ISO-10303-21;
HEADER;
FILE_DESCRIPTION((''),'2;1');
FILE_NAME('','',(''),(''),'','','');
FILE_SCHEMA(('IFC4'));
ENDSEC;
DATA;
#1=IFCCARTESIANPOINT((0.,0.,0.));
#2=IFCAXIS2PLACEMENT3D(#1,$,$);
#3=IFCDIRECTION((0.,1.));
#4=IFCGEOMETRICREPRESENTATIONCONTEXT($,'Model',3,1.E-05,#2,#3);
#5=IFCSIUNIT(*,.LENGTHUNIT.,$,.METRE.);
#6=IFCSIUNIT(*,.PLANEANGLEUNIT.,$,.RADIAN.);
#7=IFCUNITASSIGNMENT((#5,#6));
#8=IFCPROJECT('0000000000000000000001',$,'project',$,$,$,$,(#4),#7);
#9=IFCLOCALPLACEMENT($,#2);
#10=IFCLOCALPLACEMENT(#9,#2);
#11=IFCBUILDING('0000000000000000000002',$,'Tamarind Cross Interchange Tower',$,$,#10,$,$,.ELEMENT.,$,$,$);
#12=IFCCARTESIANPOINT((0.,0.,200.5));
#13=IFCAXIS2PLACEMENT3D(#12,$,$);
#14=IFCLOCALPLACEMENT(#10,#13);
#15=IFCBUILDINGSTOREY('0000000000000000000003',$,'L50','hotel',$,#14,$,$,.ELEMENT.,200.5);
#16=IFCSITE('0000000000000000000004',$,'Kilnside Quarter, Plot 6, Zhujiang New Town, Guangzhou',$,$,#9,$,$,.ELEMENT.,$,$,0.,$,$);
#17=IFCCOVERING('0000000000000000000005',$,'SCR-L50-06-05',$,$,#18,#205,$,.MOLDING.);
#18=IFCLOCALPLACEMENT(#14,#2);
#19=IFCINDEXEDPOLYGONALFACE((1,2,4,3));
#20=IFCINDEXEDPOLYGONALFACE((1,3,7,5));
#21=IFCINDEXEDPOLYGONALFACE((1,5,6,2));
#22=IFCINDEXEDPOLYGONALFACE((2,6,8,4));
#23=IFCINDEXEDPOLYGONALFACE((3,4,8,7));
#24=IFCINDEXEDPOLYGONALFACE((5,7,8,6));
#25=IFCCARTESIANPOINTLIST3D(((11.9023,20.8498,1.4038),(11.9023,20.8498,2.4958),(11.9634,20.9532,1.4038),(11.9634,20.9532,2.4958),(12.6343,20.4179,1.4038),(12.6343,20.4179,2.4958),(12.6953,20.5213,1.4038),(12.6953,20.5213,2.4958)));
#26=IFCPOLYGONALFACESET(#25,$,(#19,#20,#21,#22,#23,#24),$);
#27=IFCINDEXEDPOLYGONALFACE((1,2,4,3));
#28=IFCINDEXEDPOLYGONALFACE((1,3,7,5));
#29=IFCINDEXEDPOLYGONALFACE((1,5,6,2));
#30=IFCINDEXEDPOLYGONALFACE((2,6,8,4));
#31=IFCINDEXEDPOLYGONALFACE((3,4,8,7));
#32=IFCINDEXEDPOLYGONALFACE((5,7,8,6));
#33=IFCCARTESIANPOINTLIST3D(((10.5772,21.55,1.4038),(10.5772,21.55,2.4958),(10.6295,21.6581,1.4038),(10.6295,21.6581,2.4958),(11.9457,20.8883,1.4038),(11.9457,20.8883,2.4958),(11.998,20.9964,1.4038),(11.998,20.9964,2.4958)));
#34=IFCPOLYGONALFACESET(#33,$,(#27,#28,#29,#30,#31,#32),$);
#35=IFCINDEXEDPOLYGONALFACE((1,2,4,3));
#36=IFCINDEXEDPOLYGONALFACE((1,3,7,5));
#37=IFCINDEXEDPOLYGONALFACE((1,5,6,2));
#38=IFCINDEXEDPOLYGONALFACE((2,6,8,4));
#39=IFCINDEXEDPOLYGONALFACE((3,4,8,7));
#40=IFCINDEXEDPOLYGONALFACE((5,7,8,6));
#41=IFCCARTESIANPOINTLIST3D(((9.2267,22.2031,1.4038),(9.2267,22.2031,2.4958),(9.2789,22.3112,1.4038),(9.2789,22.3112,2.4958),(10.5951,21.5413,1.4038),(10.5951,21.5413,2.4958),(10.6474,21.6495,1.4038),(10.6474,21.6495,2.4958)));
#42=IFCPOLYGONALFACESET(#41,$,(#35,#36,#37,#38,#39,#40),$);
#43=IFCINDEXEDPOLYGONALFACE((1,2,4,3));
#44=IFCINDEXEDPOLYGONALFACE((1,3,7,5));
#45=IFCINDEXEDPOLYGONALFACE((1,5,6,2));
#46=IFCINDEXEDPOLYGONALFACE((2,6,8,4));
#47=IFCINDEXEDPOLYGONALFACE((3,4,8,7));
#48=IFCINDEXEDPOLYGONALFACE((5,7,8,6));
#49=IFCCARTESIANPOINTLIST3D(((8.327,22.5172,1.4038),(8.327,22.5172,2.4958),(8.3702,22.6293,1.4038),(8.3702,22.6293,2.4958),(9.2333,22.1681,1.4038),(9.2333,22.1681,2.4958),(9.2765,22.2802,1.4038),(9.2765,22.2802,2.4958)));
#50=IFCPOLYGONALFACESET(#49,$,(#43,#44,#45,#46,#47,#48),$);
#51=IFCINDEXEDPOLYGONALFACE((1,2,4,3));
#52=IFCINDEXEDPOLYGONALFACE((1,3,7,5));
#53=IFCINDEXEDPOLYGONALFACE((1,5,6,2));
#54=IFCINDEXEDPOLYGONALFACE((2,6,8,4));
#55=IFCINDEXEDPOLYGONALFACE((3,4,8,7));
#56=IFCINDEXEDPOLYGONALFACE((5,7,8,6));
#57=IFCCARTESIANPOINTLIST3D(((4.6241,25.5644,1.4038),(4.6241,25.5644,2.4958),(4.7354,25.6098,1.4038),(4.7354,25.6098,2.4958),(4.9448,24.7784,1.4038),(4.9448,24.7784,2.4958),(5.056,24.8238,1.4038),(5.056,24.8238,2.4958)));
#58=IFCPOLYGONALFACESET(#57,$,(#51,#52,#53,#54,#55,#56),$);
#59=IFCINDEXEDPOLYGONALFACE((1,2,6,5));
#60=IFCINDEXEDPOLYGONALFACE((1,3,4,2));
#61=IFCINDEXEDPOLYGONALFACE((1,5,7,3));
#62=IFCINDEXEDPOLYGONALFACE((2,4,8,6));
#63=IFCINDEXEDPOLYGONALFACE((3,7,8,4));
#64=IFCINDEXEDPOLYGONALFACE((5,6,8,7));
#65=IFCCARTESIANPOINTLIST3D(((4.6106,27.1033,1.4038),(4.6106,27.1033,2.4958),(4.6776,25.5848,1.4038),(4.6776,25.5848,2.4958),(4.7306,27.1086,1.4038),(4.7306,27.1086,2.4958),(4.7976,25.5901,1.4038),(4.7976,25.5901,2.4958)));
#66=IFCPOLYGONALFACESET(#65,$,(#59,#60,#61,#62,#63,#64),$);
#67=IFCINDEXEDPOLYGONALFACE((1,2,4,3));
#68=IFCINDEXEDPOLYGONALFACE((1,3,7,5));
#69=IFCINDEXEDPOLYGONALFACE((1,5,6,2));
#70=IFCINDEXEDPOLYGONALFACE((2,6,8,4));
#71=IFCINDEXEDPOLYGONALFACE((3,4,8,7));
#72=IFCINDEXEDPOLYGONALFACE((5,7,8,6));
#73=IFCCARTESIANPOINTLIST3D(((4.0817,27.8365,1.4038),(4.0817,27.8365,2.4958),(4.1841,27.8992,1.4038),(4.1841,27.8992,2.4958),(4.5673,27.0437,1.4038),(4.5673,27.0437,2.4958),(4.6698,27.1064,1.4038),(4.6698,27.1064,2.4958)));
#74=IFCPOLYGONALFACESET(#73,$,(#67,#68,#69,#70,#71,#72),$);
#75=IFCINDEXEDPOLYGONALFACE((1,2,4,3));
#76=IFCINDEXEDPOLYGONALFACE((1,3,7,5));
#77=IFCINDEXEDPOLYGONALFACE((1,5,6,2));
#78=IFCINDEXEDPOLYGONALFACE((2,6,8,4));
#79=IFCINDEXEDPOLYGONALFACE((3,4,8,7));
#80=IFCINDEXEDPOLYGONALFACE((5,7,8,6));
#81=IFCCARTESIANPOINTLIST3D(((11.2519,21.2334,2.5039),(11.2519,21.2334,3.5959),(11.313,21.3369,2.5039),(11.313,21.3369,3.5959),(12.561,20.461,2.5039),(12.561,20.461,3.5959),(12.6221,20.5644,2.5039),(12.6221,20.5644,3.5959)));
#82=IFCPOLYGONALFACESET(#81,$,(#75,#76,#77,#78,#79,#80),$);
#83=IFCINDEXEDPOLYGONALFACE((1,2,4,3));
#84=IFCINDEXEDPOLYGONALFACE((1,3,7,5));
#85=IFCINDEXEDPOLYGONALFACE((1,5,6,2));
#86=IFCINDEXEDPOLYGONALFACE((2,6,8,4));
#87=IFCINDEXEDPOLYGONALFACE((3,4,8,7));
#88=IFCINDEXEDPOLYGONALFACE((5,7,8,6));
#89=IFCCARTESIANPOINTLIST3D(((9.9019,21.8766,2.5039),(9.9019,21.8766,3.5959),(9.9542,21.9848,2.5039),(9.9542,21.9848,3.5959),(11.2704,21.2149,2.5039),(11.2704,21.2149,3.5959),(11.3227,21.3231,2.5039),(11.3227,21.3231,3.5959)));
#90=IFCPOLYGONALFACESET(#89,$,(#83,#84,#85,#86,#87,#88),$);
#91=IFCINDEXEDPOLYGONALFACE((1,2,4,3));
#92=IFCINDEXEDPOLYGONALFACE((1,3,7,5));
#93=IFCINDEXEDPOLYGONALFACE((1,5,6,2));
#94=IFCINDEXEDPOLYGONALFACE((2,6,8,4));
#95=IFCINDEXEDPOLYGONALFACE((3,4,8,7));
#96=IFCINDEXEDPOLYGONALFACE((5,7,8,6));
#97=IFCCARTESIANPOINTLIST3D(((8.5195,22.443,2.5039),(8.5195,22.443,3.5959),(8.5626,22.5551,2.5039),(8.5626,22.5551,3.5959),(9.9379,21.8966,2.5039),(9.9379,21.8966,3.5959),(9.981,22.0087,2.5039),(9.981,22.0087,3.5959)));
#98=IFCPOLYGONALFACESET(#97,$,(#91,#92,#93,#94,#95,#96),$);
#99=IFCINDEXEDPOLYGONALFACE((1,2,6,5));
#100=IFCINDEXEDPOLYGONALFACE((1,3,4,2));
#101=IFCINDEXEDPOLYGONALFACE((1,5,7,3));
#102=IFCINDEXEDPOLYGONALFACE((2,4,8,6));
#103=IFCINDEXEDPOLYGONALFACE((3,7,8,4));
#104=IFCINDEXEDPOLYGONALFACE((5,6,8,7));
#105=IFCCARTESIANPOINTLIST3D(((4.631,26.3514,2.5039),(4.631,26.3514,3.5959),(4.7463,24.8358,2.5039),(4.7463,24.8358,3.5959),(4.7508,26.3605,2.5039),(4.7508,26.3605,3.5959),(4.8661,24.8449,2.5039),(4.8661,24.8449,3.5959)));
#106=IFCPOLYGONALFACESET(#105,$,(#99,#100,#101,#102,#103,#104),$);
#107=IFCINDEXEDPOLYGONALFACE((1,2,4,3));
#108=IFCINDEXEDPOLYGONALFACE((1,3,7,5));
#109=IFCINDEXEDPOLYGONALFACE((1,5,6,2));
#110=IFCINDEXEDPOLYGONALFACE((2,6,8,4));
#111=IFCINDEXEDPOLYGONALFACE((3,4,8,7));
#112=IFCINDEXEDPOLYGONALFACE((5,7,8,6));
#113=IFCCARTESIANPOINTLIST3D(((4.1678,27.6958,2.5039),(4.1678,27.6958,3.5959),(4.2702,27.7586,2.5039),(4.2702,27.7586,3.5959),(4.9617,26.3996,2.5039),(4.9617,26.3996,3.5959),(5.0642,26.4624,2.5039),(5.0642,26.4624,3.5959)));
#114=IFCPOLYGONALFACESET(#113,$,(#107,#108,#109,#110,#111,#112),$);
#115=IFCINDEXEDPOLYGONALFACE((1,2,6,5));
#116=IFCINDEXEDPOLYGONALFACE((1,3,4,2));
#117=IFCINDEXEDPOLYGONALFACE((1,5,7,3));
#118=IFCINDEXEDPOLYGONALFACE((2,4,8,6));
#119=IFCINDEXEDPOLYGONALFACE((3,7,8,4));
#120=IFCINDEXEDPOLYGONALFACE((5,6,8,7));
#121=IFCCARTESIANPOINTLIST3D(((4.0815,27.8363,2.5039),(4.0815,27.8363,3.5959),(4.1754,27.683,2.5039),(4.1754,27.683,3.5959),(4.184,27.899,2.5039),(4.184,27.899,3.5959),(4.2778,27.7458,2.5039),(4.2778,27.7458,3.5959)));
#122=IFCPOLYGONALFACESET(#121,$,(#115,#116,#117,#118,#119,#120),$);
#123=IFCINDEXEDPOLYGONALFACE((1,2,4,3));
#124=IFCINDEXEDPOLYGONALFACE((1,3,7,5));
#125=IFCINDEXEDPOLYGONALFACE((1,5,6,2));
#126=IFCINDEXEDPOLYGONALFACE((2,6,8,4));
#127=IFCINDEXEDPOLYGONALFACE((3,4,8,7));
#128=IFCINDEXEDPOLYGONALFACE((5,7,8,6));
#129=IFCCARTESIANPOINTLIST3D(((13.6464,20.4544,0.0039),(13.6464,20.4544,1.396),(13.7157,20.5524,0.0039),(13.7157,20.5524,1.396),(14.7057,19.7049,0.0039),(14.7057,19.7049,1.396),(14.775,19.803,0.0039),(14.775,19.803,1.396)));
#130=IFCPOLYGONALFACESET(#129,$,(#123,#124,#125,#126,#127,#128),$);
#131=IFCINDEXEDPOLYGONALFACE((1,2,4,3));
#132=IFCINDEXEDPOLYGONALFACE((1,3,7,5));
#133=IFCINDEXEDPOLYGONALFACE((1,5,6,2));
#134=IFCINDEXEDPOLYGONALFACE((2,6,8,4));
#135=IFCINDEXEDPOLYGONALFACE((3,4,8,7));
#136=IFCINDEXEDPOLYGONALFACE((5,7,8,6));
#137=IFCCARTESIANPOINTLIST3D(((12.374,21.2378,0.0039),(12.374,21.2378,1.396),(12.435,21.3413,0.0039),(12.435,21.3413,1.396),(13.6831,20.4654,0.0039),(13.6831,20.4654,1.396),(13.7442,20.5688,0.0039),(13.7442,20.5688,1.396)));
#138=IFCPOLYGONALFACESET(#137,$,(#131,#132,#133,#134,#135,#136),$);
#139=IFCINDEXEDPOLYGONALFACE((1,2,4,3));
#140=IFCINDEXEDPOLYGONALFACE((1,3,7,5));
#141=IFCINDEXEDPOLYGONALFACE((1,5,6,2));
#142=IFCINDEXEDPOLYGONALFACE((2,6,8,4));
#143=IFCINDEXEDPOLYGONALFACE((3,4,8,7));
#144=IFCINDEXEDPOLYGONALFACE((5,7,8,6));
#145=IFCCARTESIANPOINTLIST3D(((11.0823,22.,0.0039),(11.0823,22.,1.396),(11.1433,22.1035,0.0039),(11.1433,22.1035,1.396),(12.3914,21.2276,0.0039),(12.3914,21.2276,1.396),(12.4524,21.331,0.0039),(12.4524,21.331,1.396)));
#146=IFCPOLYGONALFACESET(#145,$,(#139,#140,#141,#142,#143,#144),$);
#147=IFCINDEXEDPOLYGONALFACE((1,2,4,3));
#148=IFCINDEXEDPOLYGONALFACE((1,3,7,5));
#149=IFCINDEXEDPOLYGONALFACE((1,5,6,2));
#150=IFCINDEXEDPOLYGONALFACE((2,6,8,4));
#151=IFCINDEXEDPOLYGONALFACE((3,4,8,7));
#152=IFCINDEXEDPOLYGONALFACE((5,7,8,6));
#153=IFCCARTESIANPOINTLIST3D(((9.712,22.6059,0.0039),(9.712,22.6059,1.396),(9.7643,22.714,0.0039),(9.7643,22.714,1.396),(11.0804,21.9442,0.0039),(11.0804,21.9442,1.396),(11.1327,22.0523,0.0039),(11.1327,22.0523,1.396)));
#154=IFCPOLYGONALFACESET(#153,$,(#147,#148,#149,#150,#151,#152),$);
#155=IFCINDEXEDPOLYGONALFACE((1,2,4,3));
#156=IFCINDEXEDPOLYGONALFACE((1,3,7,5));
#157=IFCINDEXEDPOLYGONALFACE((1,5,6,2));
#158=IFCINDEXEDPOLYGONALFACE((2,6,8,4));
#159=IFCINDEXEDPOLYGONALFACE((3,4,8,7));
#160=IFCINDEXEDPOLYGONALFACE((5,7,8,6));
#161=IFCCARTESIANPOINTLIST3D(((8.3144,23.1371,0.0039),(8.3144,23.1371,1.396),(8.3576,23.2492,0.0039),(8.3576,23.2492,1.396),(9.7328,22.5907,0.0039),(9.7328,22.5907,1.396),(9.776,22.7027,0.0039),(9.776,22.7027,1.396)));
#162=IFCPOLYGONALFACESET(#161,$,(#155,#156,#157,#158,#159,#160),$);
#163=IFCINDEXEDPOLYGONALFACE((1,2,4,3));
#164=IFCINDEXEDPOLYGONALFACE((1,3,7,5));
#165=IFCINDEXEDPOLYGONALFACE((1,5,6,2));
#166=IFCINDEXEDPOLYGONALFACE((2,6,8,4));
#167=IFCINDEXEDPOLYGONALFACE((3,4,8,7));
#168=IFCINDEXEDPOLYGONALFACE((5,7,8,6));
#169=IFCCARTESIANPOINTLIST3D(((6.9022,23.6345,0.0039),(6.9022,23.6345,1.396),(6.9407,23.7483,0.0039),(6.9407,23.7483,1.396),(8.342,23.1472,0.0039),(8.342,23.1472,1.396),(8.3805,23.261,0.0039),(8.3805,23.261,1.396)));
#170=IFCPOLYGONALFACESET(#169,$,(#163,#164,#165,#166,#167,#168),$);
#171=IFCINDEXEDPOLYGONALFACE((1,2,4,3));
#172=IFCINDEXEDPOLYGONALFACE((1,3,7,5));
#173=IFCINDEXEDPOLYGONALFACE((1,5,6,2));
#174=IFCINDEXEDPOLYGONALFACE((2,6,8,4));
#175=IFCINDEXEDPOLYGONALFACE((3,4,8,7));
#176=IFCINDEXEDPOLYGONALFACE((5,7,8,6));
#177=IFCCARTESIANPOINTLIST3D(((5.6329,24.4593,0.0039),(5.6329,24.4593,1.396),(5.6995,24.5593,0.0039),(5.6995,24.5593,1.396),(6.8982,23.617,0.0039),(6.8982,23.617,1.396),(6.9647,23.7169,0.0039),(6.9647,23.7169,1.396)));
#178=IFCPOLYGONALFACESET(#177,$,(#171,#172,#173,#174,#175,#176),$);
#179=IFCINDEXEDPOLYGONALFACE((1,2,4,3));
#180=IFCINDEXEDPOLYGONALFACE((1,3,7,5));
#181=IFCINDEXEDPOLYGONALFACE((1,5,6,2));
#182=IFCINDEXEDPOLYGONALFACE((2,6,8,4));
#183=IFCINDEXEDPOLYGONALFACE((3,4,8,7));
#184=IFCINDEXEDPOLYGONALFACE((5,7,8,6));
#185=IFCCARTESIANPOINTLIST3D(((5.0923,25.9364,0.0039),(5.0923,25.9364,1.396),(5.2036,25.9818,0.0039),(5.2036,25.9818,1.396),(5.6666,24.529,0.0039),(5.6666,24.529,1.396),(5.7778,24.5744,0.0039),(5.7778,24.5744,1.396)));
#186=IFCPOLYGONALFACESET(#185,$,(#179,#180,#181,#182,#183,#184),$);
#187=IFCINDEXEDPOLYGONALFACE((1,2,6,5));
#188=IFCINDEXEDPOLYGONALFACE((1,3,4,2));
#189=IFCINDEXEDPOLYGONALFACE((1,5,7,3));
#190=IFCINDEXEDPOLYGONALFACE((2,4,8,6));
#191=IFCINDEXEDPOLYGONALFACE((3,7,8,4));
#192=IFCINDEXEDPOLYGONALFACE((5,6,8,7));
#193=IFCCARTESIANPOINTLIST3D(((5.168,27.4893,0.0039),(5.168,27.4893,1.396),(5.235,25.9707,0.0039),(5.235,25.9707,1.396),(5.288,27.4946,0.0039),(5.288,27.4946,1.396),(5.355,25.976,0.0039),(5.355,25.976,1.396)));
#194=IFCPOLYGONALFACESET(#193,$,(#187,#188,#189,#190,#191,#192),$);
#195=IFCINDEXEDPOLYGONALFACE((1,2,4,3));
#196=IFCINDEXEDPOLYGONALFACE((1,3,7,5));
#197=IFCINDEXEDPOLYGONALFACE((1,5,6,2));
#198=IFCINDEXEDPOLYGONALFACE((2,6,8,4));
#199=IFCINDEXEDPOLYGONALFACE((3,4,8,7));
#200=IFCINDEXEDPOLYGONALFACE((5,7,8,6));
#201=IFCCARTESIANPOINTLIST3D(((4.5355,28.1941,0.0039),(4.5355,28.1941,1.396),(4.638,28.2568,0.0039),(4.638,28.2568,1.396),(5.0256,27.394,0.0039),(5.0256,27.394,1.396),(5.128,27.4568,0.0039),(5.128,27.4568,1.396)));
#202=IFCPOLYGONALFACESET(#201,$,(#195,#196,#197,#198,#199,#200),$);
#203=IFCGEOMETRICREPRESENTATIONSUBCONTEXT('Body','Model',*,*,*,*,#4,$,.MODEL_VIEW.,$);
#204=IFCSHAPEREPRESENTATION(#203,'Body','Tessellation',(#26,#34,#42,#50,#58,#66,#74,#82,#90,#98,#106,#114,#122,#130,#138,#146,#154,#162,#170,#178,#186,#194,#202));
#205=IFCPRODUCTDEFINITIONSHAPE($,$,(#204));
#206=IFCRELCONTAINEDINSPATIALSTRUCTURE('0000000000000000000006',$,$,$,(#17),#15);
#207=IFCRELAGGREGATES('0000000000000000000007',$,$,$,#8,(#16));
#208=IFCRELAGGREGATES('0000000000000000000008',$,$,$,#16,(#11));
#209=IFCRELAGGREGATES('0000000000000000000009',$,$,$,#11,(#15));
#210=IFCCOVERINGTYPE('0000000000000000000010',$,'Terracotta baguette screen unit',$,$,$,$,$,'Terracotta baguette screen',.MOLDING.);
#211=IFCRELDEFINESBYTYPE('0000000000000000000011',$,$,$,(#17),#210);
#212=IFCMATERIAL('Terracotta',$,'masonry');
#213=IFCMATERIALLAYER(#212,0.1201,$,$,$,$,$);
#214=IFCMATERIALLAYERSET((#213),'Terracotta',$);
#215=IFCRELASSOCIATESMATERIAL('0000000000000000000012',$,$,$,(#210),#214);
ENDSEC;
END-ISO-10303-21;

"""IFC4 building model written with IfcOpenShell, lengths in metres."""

from ifc_helpers import new_model, si_unit, direction, frame, origin, origin_2d, place, context, subcontext, project, spatial, rectangle, extrude, material, layer, layer_set, type_object, element, save


model = new_model("IFC4")

# Units and contexts
model_context = context("Model", 3, precision=1e-05, world=origin(), true_north=direction((0.0, 1.0)))
body_context = subcontext(model_context, "Body", "Model", "MODEL_VIEW")
ifc_project = project(units=[si_unit("LENGTHUNIT", "METRE"), si_unit("PLANEANGLEUNIT", "RADIAN")], contexts=[model_context])

# Site, building, storey
site_placement = place(None, origin())
site = spatial("IfcSite", under=ifc_project, at=site_placement, Name="Kilnside Quarter, Plot 6, Zhujiang New Town, Guangzhou", CompositionType="ELEMENT", RefElevation=0.0)
building_placement = place(site_placement, origin())
building = spatial("IfcBuilding", under=site, at=building_placement, Name="Tamarind Cross Interchange Tower", CompositionType="ELEMENT")
storey_placement = place(building_placement, frame((0.0, 0.0, 200.5)))
storey = spatial("IfcBuildingStorey", under=building, at=storey_placement, Name="L50", Description="hotel", CompositionType="ELEMENT", Elevation=200.5)

# Covering
ifc_material_1 = material(Name="Terracotta", Category="masonry")
ifc_layer_1 = layer(ifc_material_1, 0.1201)
ifc_layer_set_1 = layer_set([ifc_layer_1], Name="Terracotta")
covering_type = type_object("IfcCoveringType", Name="Terracotta baguette screen unit", ElementType="Terracotta baguette screen", PredefinedType="MOLDING", material=ifc_layer_set_1)
covering_1_placement = place(storey_placement, origin())
element("IfcCovering", 1, at=covering_1_placement, inside=storey, type_object=covering_type, Name="SCR-L50-06-05", PredefinedType="MOLDING", context=body_context, shape_type="SweptSolid", body=[
    extrude(rectangle(XDim=0.8499, YDim=0.1201, at=origin_2d()), frame((12.2988, 20.6855, 1.4038), z_axis=(0.0, 0.0, 1.0), x_axis=(-0.861249, 0.508183, 0.0)), (0.0, 0.0, 1.0), 1.092),
    extrude(rectangle(XDim=1.52, YDim=0.1201, at=origin_2d()), frame((11.2876, 21.2732, 1.4038), z_axis=(0.0, 0.0, 1.0), x_axis=(-0.900273, 0.435326, 0.0)), (0.0, 0.0, 1.0), 1.092),
    extrude(rectangle(XDim=1.52, YDim=0.1201, at=origin_2d()), frame((9.937, 21.9263, 1.4038), z_axis=(0.0, 0.0, 1.0), x_axis=(-0.900273, 0.435326, 0.0)), (0.0, 0.0, 1.0), 1.092),
    extrude(rectangle(XDim=0.9712, YDim=0.1201, at=origin_2d()), frame((8.8018, 22.3987, 1.4038), z_axis=(0.0, 0.0, 1.0), x_axis=(-0.933147, 0.359495, 0.0)), (0.0, 0.0, 1.0), 1.092),
    extrude(rectangle(XDim=0.8489, YDim=0.1201, at=origin_2d()), frame((4.8401, 25.1941, 1.4038), z_axis=(0.0, 0.0, 1.0), x_axis=(-0.377778, 0.925896, 0.0)), (0.0, 0.0, 1.0), 1.092),
    extrude(rectangle(XDim=1.52, YDim=0.1201, at=origin_2d()), frame((4.7041, 26.3467, 1.4038), z_axis=(0.0, 0.0, 1.0), x_axis=(-0.044098, 0.999027, 0.0)), (0.0, 0.0, 1.0), 1.092),
    extrude(rectangle(XDim=0.9297, YDim=0.1201, at=origin_2d()), frame((4.3757, 27.4714, 1.4038), z_axis=(0.0, 0.0, 1.0), x_axis=(-0.522349, 0.852732, 0.0)), (0.0, 0.0, 1.0), 1.092),
    extrude(rectangle(XDim=1.52, YDim=0.1201, at=origin_2d()), frame((11.937, 20.8989, 2.5039), z_axis=(0.0, 0.0, 1.0), x_axis=(-0.861249, 0.508183, 0.0)), (0.0, 0.0, 1.0), 1.092),
    extrude(rectangle(XDim=1.52, YDim=0.1201, at=origin_2d()), frame((10.6123, 21.5999, 2.5039), z_axis=(0.0, 0.0, 1.0), x_axis=(-0.900273, 0.435326, 0.0)), (0.0, 0.0, 1.0), 1.092),
    extrude(rectangle(XDim=1.52, YDim=0.1201, at=origin_2d()), frame((9.2502, 22.2258, 2.5039), z_axis=(0.0, 0.0, 1.0), x_axis=(-0.933147, 0.359495, 0.0)), (0.0, 0.0, 1.0), 1.092),
    extrude(rectangle(XDim=1.52, YDim=0.1201, at=origin_2d()), frame((4.7485, 25.5981, 2.5039), z_axis=(0.0, 0.0, 1.0), x_axis=(-0.075843, 0.99712, 0.0)), (0.0, 0.0, 1.0), 1.092),
    extrude(rectangle(XDim=1.52, YDim=0.1201, at=origin_2d()), frame((4.616, 27.0791, 2.5039), z_axis=(0.0, 0.0, 1.0), x_axis=(-0.522349, 0.852732, 0.0)), (0.0, 0.0, 1.0), 1.092),
    extrude(rectangle(XDim=0.1797, YDim=0.1201, at=origin_2d()), frame((4.1797, 27.791, 2.5039), z_axis=(0.0, 0.0, 1.0), x_axis=(-0.522349, 0.852732, 0.0)), (0.0, 0.0, 1.0), 1.092),
    extrude(rectangle(XDim=1.2976, YDim=0.1201, at=origin_2d()), frame((14.2107, 20.1287, 0.0039), z_axis=(0.0, 0.0, 1.0), x_axis=(-0.816342, 0.577569, 0.0)), (0.0, 0.0, 1.0), 1.3921),
    extrude(rectangle(XDim=1.52, YDim=0.1201, at=origin_2d()), frame((13.0591, 20.9033, 0.0039), z_axis=(0.0, 0.0, 1.0), x_axis=(-0.861249, 0.508183, 0.0)), (0.0, 0.0, 1.0), 1.3921),
    extrude(rectangle(XDim=1.52, YDim=0.1201, at=origin_2d()), frame((11.7673, 21.6655, 0.0039), z_axis=(0.0, 0.0, 1.0), x_axis=(-0.861249, 0.508183, 0.0)), (0.0, 0.0, 1.0), 1.3921),
    extrude(rectangle(XDim=1.52, YDim=0.1201, at=origin_2d()), frame((10.4224, 22.3291, 0.0039), z_axis=(0.0, 0.0, 1.0), x_axis=(-0.900273, 0.435326, 0.0)), (0.0, 0.0, 1.0), 1.3921),
    extrude(rectangle(XDim=1.52, YDim=0.1201, at=origin_2d()), frame((9.0452, 22.9199, 0.0039), z_axis=(0.0, 0.0, 1.0), x_axis=(-0.933147, 0.359495, 0.0)), (0.0, 0.0, 1.0), 1.3921),
    extrude(rectangle(XDim=1.52, YDim=0.1201, at=origin_2d()), frame((7.6414, 23.4478, 0.0039), z_axis=(0.0, 0.0, 1.0), x_axis=(-0.947219, 0.320589, 0.0)), (0.0, 0.0, 1.0), 1.3921),
    extrude(rectangle(XDim=1.52, YDim=0.1201, at=origin_2d()), frame((6.2988, 24.0881, 0.0039), z_axis=(0.0, 0.0, 1.0), x_axis=(-0.8324, 0.554175, 0.0)), (0.0, 0.0, 1.0), 1.3921),
    extrude(rectangle(XDim=1.52, YDim=0.1201, at=origin_2d()), frame((5.4351, 25.2554, 0.0039), z_axis=(0.0, 0.0, 1.0), x_axis=(-0.377778, 0.925896, 0.0)), (0.0, 0.0, 1.0), 1.3921),
    extrude(rectangle(XDim=1.52, YDim=0.1201, at=origin_2d()), frame((5.2615, 26.7327, 0.0039), z_axis=(0.0, 0.0, 1.0), x_axis=(-0.044098, 0.999027, 0.0)), (0.0, 0.0, 1.0), 1.3921),
    extrude(rectangle(XDim=0.9382, YDim=0.1201, at=origin_2d()), frame((4.8318, 27.8254, 0.0039), z_axis=(0.0, 0.0, 1.0), x_axis=(-0.522349, 0.852732, 0.0)), (0.0, 0.0, 1.0), 1.3921),
])

save(model, "model.ifc")
